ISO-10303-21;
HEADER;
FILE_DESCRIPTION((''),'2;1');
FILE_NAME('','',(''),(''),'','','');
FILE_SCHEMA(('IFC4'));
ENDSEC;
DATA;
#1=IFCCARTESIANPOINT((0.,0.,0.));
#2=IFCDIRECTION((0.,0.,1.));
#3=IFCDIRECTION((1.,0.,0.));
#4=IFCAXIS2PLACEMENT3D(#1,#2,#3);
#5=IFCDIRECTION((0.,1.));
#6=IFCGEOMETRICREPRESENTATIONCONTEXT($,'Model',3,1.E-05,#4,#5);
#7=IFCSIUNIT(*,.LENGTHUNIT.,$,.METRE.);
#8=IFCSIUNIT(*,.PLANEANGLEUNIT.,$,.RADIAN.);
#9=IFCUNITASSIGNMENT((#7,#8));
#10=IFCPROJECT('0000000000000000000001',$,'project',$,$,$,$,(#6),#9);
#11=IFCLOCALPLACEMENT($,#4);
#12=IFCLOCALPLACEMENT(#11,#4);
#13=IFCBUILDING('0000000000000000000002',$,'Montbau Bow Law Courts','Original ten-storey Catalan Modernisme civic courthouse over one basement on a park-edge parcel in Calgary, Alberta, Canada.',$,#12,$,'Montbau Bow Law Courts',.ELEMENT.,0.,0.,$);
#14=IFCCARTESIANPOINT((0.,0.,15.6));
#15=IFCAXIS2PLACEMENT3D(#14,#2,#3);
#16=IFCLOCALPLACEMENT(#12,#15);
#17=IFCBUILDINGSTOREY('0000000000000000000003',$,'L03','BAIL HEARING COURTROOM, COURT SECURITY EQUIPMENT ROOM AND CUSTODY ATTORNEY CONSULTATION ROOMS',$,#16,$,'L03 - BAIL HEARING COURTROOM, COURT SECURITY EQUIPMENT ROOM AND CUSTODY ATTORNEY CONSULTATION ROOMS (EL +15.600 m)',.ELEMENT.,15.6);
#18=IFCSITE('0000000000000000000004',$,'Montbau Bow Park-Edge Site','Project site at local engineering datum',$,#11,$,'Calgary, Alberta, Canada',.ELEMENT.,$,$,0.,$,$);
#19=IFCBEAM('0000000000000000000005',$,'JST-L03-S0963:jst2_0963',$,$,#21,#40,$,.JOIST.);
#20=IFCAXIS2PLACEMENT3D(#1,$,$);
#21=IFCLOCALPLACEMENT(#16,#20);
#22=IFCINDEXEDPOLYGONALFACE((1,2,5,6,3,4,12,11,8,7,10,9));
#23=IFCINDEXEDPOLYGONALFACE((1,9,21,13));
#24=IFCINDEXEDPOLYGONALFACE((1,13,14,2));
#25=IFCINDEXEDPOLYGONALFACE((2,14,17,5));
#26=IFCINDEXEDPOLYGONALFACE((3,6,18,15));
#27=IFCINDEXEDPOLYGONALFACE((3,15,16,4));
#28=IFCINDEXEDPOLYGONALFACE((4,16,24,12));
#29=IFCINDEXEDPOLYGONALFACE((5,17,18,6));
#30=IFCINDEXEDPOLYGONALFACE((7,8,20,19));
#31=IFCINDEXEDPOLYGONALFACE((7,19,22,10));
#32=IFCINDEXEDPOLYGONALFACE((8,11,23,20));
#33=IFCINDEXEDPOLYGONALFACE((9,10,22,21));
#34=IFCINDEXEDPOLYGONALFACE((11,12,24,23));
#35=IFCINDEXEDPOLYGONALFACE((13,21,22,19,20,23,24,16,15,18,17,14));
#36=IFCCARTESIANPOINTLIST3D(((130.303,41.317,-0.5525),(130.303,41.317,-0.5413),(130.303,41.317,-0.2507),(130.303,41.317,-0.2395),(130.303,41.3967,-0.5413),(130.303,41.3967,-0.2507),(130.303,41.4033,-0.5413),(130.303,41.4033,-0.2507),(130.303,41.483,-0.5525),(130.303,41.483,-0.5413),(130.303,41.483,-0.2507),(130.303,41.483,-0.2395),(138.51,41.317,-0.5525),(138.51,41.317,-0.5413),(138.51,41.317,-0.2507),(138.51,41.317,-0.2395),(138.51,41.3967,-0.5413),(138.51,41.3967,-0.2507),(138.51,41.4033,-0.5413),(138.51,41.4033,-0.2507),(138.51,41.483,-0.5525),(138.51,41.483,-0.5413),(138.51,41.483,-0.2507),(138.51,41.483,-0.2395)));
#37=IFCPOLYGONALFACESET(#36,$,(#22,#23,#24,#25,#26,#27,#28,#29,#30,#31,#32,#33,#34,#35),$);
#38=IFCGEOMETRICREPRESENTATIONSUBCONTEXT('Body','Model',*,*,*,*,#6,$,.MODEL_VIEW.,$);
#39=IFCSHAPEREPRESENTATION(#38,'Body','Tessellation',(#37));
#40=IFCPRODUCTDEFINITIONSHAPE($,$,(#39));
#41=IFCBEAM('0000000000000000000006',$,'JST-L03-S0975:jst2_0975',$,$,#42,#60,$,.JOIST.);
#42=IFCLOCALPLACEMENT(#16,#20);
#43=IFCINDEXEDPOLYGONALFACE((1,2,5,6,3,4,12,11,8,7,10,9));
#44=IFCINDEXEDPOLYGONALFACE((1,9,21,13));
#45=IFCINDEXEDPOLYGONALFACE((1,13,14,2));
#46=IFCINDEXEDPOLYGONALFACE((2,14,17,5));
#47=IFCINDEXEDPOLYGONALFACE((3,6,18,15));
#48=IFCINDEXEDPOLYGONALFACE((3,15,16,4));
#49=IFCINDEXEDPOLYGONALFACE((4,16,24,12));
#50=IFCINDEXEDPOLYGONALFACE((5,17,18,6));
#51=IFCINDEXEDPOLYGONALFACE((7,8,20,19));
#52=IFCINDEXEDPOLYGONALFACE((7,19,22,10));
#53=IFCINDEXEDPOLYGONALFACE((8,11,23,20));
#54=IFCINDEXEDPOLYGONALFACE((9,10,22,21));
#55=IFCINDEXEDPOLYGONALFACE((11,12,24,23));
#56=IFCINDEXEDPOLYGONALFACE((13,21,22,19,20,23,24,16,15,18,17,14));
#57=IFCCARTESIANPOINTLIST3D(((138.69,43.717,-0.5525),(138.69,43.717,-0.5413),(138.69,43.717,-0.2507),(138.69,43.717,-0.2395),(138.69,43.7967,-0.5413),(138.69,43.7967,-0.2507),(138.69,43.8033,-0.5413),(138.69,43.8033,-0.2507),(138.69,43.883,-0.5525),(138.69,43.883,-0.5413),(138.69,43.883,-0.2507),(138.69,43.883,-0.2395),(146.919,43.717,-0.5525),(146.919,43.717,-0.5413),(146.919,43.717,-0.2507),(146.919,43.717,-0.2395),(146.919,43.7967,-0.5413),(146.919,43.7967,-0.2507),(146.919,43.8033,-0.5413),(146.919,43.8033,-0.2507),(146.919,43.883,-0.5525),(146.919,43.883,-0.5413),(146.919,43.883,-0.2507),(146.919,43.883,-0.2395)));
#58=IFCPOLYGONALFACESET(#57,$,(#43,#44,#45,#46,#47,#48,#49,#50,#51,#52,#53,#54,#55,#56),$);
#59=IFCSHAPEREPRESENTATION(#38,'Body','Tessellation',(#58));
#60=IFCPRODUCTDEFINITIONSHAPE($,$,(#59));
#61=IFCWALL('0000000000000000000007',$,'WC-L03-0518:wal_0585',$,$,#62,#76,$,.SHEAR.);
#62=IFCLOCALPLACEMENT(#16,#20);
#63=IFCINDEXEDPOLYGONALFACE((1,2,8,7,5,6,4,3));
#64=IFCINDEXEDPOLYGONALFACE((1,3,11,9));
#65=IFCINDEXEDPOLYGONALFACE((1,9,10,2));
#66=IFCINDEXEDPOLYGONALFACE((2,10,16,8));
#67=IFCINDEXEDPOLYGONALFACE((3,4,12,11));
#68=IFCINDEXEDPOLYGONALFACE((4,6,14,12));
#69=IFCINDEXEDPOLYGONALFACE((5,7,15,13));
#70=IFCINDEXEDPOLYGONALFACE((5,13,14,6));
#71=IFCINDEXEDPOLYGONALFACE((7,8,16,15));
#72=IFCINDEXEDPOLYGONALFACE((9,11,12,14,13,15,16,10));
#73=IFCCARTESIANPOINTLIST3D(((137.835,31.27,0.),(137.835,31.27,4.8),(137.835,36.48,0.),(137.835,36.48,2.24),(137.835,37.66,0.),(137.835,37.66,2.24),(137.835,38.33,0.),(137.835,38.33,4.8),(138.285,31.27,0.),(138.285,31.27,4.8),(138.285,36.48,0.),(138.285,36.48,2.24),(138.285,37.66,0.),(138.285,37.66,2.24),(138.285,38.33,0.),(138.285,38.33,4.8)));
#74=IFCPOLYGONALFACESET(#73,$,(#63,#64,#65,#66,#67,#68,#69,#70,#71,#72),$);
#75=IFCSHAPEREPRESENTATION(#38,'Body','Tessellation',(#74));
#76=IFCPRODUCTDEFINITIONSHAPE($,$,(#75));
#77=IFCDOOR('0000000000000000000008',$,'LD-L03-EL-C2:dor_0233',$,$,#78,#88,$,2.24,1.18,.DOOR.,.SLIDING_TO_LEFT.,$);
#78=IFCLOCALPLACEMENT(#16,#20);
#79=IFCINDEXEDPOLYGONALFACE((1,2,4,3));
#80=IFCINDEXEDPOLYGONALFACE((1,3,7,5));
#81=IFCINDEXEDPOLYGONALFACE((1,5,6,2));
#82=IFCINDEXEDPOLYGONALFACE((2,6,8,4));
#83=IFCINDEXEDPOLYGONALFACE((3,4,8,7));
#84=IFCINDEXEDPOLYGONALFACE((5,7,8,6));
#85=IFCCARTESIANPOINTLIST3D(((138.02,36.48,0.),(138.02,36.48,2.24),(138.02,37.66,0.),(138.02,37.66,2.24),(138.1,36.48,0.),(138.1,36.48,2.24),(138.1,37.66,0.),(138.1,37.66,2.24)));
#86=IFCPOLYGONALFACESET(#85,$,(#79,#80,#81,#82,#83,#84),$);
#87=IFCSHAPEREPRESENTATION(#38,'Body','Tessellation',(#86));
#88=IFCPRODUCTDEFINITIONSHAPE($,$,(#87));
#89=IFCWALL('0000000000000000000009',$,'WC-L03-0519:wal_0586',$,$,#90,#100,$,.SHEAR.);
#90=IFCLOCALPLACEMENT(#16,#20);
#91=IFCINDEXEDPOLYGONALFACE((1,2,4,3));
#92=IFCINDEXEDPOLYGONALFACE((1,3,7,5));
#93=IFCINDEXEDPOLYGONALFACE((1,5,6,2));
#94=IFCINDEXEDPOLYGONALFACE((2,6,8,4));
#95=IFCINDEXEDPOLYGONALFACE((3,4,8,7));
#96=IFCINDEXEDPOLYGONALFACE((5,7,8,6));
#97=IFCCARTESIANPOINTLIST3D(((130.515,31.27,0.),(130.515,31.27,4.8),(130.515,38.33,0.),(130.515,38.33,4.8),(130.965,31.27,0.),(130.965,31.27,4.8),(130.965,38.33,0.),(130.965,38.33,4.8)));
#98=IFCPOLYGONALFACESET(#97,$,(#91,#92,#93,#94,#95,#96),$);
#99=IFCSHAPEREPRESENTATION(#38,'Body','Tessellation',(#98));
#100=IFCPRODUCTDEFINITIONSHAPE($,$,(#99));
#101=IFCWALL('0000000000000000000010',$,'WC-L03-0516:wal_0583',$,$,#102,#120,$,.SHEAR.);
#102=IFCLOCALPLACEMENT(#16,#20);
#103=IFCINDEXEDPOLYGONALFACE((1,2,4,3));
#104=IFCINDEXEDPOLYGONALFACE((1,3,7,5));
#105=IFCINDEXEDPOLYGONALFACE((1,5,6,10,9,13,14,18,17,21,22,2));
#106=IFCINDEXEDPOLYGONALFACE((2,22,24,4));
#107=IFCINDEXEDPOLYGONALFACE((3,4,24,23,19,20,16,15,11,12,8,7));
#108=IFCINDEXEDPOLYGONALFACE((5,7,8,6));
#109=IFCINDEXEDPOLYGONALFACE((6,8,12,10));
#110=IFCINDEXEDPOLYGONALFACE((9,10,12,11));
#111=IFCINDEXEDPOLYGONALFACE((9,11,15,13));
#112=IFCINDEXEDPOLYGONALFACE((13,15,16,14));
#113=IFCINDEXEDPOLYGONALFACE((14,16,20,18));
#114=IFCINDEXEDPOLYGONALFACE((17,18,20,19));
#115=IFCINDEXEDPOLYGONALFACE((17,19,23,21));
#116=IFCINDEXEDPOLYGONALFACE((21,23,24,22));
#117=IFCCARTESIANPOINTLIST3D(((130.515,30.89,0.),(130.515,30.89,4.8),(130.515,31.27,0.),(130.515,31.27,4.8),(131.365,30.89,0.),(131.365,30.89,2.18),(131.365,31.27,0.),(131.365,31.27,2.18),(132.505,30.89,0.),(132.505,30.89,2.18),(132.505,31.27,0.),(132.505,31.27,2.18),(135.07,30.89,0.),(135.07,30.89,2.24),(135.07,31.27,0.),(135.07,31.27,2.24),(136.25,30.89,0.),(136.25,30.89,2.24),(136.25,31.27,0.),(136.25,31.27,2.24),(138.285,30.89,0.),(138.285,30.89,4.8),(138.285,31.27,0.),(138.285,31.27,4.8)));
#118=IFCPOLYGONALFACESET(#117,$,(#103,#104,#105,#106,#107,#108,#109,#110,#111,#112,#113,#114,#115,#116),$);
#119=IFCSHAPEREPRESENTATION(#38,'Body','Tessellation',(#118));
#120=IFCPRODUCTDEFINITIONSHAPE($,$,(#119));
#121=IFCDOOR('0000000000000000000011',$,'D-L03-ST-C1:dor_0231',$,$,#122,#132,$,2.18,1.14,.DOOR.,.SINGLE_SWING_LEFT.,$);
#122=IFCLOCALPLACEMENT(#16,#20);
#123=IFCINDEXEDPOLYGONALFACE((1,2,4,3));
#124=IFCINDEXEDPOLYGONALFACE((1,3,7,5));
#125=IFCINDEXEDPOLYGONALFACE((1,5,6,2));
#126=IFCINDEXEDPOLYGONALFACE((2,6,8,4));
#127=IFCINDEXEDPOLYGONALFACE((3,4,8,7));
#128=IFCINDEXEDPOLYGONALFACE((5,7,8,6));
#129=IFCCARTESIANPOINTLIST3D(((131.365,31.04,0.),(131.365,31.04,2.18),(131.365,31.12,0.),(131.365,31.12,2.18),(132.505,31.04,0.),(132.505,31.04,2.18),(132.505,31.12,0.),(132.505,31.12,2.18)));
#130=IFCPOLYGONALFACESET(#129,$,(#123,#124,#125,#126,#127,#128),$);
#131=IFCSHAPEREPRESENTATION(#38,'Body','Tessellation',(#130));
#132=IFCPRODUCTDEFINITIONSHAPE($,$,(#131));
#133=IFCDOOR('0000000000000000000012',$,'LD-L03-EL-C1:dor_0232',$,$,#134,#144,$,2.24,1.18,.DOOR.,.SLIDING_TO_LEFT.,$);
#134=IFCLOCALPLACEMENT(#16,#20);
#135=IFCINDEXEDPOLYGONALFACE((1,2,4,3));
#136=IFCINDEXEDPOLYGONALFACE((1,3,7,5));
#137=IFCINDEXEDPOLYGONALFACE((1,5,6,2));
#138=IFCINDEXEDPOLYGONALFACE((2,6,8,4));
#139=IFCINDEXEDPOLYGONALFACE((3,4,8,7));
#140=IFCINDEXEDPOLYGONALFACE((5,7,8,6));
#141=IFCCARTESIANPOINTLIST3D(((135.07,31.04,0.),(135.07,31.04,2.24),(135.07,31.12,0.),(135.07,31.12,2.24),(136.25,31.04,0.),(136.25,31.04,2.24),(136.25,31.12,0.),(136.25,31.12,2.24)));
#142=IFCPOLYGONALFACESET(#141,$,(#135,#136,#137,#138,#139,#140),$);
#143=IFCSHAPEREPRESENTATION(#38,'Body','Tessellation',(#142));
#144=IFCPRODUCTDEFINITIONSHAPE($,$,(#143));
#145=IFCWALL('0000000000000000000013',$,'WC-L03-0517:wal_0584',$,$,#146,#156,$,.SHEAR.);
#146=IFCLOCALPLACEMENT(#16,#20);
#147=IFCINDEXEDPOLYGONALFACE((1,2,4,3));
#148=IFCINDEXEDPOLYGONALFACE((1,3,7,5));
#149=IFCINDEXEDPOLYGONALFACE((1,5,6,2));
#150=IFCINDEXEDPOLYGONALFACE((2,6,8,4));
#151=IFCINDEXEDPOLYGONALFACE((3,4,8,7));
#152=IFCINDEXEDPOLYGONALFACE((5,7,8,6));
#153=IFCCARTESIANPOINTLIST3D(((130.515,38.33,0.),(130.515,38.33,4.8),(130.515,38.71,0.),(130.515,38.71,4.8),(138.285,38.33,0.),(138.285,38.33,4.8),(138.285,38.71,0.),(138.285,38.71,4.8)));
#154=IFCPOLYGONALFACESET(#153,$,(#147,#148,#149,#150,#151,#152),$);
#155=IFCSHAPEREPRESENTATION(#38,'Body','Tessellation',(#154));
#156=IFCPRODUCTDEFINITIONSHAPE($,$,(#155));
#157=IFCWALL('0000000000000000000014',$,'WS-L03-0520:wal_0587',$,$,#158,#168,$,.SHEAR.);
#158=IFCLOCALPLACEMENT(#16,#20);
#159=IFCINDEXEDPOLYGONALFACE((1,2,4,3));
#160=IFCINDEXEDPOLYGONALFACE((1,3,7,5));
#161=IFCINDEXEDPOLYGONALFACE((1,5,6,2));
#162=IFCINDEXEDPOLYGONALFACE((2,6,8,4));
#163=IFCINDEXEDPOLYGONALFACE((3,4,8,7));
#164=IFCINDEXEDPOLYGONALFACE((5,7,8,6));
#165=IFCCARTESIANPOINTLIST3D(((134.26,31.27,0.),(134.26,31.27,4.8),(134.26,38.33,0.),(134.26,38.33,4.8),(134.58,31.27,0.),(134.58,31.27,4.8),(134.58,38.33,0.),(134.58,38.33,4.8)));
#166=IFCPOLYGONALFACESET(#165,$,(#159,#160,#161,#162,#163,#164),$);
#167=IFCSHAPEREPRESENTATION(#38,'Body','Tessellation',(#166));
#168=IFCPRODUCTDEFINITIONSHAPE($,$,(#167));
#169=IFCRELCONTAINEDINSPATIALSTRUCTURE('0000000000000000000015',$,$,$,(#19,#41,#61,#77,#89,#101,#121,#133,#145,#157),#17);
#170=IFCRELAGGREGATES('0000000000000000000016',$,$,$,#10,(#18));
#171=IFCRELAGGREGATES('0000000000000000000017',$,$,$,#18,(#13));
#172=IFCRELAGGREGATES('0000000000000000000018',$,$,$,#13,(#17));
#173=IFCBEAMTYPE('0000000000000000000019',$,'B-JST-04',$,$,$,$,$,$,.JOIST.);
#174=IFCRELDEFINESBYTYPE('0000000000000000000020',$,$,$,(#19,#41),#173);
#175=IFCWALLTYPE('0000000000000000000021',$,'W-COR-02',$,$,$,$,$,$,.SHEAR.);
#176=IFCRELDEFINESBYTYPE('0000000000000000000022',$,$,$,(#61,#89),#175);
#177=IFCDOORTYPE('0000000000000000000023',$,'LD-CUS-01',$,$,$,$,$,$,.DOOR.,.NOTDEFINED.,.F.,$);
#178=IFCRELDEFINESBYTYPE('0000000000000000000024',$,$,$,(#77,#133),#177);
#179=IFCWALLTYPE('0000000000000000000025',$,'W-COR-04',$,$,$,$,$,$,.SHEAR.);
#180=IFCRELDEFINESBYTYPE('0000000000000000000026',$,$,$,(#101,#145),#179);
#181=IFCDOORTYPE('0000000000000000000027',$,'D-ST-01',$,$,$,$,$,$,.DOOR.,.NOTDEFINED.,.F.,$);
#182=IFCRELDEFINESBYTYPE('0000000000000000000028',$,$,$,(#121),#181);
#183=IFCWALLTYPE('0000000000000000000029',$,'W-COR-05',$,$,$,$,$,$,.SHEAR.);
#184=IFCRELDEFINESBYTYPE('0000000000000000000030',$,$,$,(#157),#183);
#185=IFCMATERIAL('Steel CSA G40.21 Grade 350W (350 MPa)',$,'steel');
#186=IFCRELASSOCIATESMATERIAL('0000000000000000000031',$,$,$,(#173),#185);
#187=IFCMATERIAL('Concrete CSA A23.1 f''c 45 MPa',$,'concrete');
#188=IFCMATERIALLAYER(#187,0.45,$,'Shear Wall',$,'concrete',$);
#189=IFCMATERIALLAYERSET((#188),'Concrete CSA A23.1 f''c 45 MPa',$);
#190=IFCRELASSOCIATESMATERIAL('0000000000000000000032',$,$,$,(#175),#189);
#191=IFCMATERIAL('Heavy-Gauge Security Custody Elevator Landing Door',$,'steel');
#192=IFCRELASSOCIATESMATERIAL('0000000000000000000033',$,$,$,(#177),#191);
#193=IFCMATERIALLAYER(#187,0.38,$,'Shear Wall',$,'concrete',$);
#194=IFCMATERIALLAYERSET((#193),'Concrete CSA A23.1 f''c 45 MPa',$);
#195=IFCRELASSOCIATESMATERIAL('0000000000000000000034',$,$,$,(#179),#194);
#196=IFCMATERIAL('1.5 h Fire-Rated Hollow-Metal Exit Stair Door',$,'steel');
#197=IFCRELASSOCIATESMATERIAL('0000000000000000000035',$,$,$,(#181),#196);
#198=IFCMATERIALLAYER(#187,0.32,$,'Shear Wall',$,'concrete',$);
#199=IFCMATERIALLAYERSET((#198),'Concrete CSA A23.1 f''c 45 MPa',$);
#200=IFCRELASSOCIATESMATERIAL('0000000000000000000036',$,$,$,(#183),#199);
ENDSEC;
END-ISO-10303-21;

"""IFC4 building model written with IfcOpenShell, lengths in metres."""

from ifc_helpers import new_model, si_unit, direction, frame, frame_2d, origin_with_axes, origin_2d_with_axis, place, context, subcontext, project, spatial, rectangle, i_section, extrude, material, layer, layer_set, material_profile, profile_set, type_object, element, fill, save


model = new_model("IFC4")

# Units and contexts
model_context = context("Model", 3, precision=1e-05, world=origin_with_axes(), true_north=direction((0.0, 1.0)))
body_context = subcontext(model_context, "Body", "Model", "MODEL_VIEW")
ifc_project = project(units=[si_unit("LENGTHUNIT", "METRE"), si_unit("PLANEANGLEUNIT", "RADIAN")], contexts=[model_context])

# Site, building, storey
site_placement = place(None, origin_with_axes())
site = spatial("IfcSite", under=ifc_project, at=site_placement, Name="Montbau Bow Park-Edge Site", Description="Project site at local engineering datum", LongName="Calgary, Alberta, Canada", CompositionType="ELEMENT", RefElevation=0.0)
building_placement = place(site_placement, origin_with_axes())
building = spatial("IfcBuilding", under=site, at=building_placement, Name="Montbau Bow Law Courts", Description="Original ten-storey Catalan Modernisme civic courthouse over one basement on a park-edge parcel in Calgary, Alberta, Canada.", LongName="Montbau Bow Law Courts", CompositionType="ELEMENT", ElevationOfRefHeight=0.0, ElevationOfTerrain=0.0)
storey_placement = place(building_placement, frame((0.0, 0.0, 15.6), z_axis=(0.0, 0.0, 1.0), x_axis=(1.0, 0.0, 0.0)))
storey = spatial("IfcBuildingStorey", under=building, at=storey_placement, Name="L03", Description="BAIL HEARING COURTROOM, COURT SECURITY EQUIPMENT ROOM AND CUSTODY ATTORNEY CONSULTATION ROOMS", LongName="L03 - BAIL HEARING COURTROOM, COURT SECURITY EQUIPMENT ROOM AND CUSTODY ATTORNEY CONSULTATION ROOMS (EL +15.600 m)", CompositionType="ELEMENT", Elevation=15.6)

# Shared definitions
ifc_material_1 = material(Name="Steel CSA G40.21 Grade 350W (350 MPa)", Category="steel")

# Beams
ifc_material_profile_1 = material_profile(ifc_material_1, i_section(OverallWidth=0.166, OverallDepth=0.313, WebThickness=0.0066, FlangeThickness=0.0112, at=origin_2d_with_axis()), Name="W310X45", Category="Main", Priority=0)
ifc_profile_set_1 = profile_set([ifc_material_profile_1], Name="Steel CSA G40.21 Grade 350W (350 MPa)")
beam_type_1 = type_object("IfcBeamType", Name="B-JST-04", PredefinedType="JOIST", material=ifc_profile_set_1)
beam_1_placement = place(None, frame((130.303, 41.4, 15.204), z_axis=(1.0, 0.0, 0.0), x_axis=(0.0, 1.0, 0.0)))
element("IfcBeam", 1, at=beam_1_placement, inside=storey, type_object=beam_type_1, Name="JST-L03-S0963:jst2_0963", PredefinedType="JOIST", context=body_context, shape_type="SweptSolid", body=[
    extrude(i_section(OverallWidth=0.166, OverallDepth=0.313, WebThickness=0.0066, FlangeThickness=0.0112, at=origin_2d_with_axis()), origin_with_axes(), (0.0, 0.0, 1.0), 8.207),
])
beam_2_placement = place(None, frame((138.69, 43.8, 15.204), z_axis=(1.0, 0.0, 0.0), x_axis=(0.0, 1.0, 0.0)))
element("IfcBeam", 2, at=beam_2_placement, inside=storey, type_object=beam_type_1, Name="JST-L03-S0975:jst2_0975", PredefinedType="JOIST", context=body_context, shape_type="SweptSolid", body=[
    extrude(i_section(OverallWidth=0.166, OverallDepth=0.313, WebThickness=0.0066, FlangeThickness=0.0112, at=origin_2d_with_axis()), origin_with_axes(), (0.0, 0.0, 1.0), 8.229),
])

# Wall, opening, door
ifc_material_2 = material(Name="Concrete CSA A23.1 f'c 45 MPa", Category="concrete")
ifc_layer_1 = layer(ifc_material_2, 0.45, Name="Shear Wall", Category="concrete")
ifc_layer_set_1 = layer_set([ifc_layer_1], Name="Concrete CSA A23.1 f'c 45 MPa")
wall_type_1 = type_object("IfcWallType", Name="W-COR-02", PredefinedType="SHEAR", material=ifc_layer_set_1)
wall_1_placement = place(None, frame((138.06, 31.27, 15.6), z_axis=(0.0, 0.0, 1.0), x_axis=(0.0, 1.0, 0.0)))
wall_1 = element("IfcWall", 3, at=wall_1_placement, inside=storey, type_object=wall_type_1, Name="WC-L03-0518:wal_0585", PredefinedType="SHEAR", context=body_context, shape_type="SweptSolid", body=[
    extrude(rectangle(XDim=7.06, YDim=0.45, at=frame_2d((3.53, 0.0), x_axis=(1.0, 0.0))), origin_with_axes(), (0.0, 0.0, 1.0), 4.8),
])
opening_1_placement = place(None, frame((138.06, 37.07, 15.6), z_axis=(0.0, 0.0, 1.0), x_axis=(0.0, 1.0, 0.0)))
opening_1 = element("IfcOpeningElement", 4, at=opening_1_placement, cuts=wall_1, PredefinedType="OPENING", context=body_context, shape_type="SweptSolid", body=[
    extrude(rectangle(XDim=1.18, YDim=2.24, at=frame_2d((0.0, 1.12), x_axis=(1.0, 0.0))), frame((0.0, 0.235, 0.0), z_axis=(0.0, -1.0, 0.0), x_axis=(1.0, 0.0, 0.0)), (0.0, 0.0, 1.0), 0.47),
])
ifc_material_3 = material(Name="Heavy-Gauge Security Custody Elevator Landing Door", Category="steel")
door_type_1 = type_object("IfcDoorType", Name="LD-CUS-01", OperationType="NOTDEFINED", ParameterTakesPrecedence=False, PredefinedType="DOOR", material=ifc_material_3)
door_1_placement = place(None, frame((138.06, 37.07, 15.6), z_axis=(0.0, 0.0, 1.0), x_axis=(0.0, 1.0, 0.0)))
door_1 = element("IfcDoor", 5, at=door_1_placement, inside=storey, type_object=door_type_1, Name="LD-L03-EL-C2:dor_0233", OperationType="SLIDING_TO_LEFT", OverallHeight=2.24, OverallWidth=1.18, PredefinedType="DOOR", context=body_context, shape_type="SweptSolid", body=[
    extrude(rectangle(XDim=1.18, YDim=2.24, at=frame_2d((0.0, 1.12), x_axis=(1.0, 0.0))), frame((0.0, 0.04, 0.0), z_axis=(0.0, -1.0, 0.0), x_axis=(1.0, 0.0, 0.0)), (0.0, 0.0, 1.0), 0.08),
])
fill(opening_1, door_1)

# Wall
wall_2_placement = place(None, frame((130.74, 38.33, 15.6), z_axis=(0.0, 0.0, 1.0), x_axis=(0.0, -1.0, 0.0)))
element("IfcWall", 6, at=wall_2_placement, inside=storey, type_object=wall_type_1, Name="WC-L03-0519:wal_0586", PredefinedType="SHEAR", context=body_context, shape_type="SweptSolid", body=[
    extrude(rectangle(XDim=7.06, YDim=0.45, at=frame_2d((3.53, 0.0), x_axis=(1.0, 0.0))), origin_with_axes(), (0.0, 0.0, 1.0), 4.8),
])

# Wall, openings, doors
ifc_layer_2 = layer(ifc_material_2, 0.38, Name="Shear Wall", Category="concrete")
ifc_layer_set_2 = layer_set([ifc_layer_2], Name="Concrete CSA A23.1 f'c 45 MPa")
wall_type_2 = type_object("IfcWallType", Name="W-COR-04", PredefinedType="SHEAR", material=ifc_layer_set_2)
wall_3_placement = place(None, frame((130.515, 31.08, 15.6), z_axis=(0.0, 0.0, 1.0), x_axis=(1.0, 0.0, 0.0)))
wall_3 = element("IfcWall", 7, at=wall_3_placement, inside=storey, type_object=wall_type_2, Name="WC-L03-0516:wal_0583", PredefinedType="SHEAR", context=body_context, shape_type="SweptSolid", body=[
    extrude(rectangle(XDim=7.77, YDim=0.38, at=frame_2d((3.885, 0.0), x_axis=(1.0, 0.0))), origin_with_axes(), (0.0, 0.0, 1.0), 4.8),
])
opening_2_placement = place(None, frame((131.935, 31.08, 15.6), z_axis=(0.0, 0.0, 1.0), x_axis=(1.0, 0.0, 0.0)))
opening_2 = element("IfcOpeningElement", 8, at=opening_2_placement, cuts=wall_3, PredefinedType="OPENING", context=body_context, shape_type="SweptSolid", body=[
    extrude(rectangle(XDim=1.14, YDim=2.18, at=frame_2d((0.0, 1.09), x_axis=(1.0, 0.0))), frame((0.0, 0.2, 0.0), z_axis=(0.0, -1.0, 0.0), x_axis=(1.0, 0.0, 0.0)), (0.0, 0.0, 1.0), 0.4),
])
opening_3_placement = place(None, frame((135.66, 31.08, 15.6), z_axis=(0.0, 0.0, 1.0), x_axis=(1.0, 0.0, 0.0)))
opening_3 = element("IfcOpeningElement", 9, at=opening_3_placement, cuts=wall_3, PredefinedType="OPENING", context=body_context, shape_type="SweptSolid", body=[
    extrude(rectangle(XDim=1.18, YDim=2.24, at=frame_2d((0.0, 1.12), x_axis=(1.0, 0.0))), frame((0.0, 0.2, 0.0), z_axis=(0.0, -1.0, 0.0), x_axis=(1.0, 0.0, 0.0)), (0.0, 0.0, 1.0), 0.4),
])
ifc_material_4 = material(Name="1.5 h Fire-Rated Hollow-Metal Exit Stair Door", Category="steel")
door_type_2 = type_object("IfcDoorType", Name="D-ST-01", OperationType="NOTDEFINED", ParameterTakesPrecedence=False, PredefinedType="DOOR", material=ifc_material_4)
door_2_placement = place(None, frame((131.935, 31.08, 15.6), z_axis=(0.0, 0.0, 1.0), x_axis=(-1.0, 0.0, 0.0)))
door_2 = element("IfcDoor", 10, at=door_2_placement, inside=storey, type_object=door_type_2, Name="D-L03-ST-C1:dor_0231", OperationType="SINGLE_SWING_LEFT", OverallHeight=2.18, OverallWidth=1.14, PredefinedType="DOOR", context=body_context, shape_type="SweptSolid", body=[
    extrude(rectangle(XDim=1.14, YDim=2.18, at=frame_2d((0.0, 1.09), x_axis=(1.0, 0.0))), frame((0.0, 0.04, 0.0), z_axis=(0.0, -1.0, 0.0), x_axis=(1.0, 0.0, 0.0)), (0.0, 0.0, 1.0), 0.08),
])
fill(opening_2, door_2)
door_3_placement = place(None, frame((135.66, 31.08, 15.6), z_axis=(0.0, 0.0, 1.0), x_axis=(-1.0, 0.0, 0.0)))
door_3 = element("IfcDoor", 11, at=door_3_placement, inside=storey, type_object=door_type_1, Name="LD-L03-EL-C1:dor_0232", OperationType="SLIDING_TO_LEFT", OverallHeight=2.24, OverallWidth=1.18, PredefinedType="DOOR", context=body_context, shape_type="SweptSolid", body=[
    extrude(rectangle(XDim=1.18, YDim=2.24, at=frame_2d((0.0, 1.12), x_axis=(1.0, 0.0))), frame((0.0, 0.04, 0.0), z_axis=(0.0, -1.0, 0.0), x_axis=(1.0, 0.0, 0.0)), (0.0, 0.0, 1.0), 0.08),
])
fill(opening_3, door_3)

# Walls
wall_4_placement = place(None, frame((138.285, 38.52, 15.6), z_axis=(0.0, 0.0, 1.0), x_axis=(-1.0, 0.0, 0.0)))
element("IfcWall", 12, at=wall_4_placement, inside=storey, type_object=wall_type_2, Name="WC-L03-0517:wal_0584", PredefinedType="SHEAR", context=body_context, shape_type="SweptSolid", body=[
    extrude(rectangle(XDim=7.77, YDim=0.38, at=frame_2d((3.885, 0.0), x_axis=(1.0, 0.0))), origin_with_axes(), (0.0, 0.0, 1.0), 4.8),
])
ifc_layer_3 = layer(ifc_material_2, 0.32, Name="Shear Wall", Category="concrete")
ifc_layer_set_3 = layer_set([ifc_layer_3], Name="Concrete CSA A23.1 f'c 45 MPa")
wall_type_3 = type_object("IfcWallType", Name="W-COR-05", PredefinedType="SHEAR", material=ifc_layer_set_3)
wall_5_placement = place(None, frame((134.42, 31.27, 15.6), z_axis=(0.0, 0.0, 1.0), x_axis=(0.0, 1.0, 0.0)))
element("IfcWall", 13, at=wall_5_placement, inside=storey, type_object=wall_type_3, Name="WS-L03-0520:wal_0587", PredefinedType="SHEAR", context=body_context, shape_type="SweptSolid", body=[
    extrude(rectangle(XDim=7.06, YDim=0.32, at=frame_2d((3.53, 0.0), x_axis=(1.0, 0.0))), origin_with_axes(), (0.0, 0.0, 1.0), 4.8),
])

save(model, "model.ifc")
